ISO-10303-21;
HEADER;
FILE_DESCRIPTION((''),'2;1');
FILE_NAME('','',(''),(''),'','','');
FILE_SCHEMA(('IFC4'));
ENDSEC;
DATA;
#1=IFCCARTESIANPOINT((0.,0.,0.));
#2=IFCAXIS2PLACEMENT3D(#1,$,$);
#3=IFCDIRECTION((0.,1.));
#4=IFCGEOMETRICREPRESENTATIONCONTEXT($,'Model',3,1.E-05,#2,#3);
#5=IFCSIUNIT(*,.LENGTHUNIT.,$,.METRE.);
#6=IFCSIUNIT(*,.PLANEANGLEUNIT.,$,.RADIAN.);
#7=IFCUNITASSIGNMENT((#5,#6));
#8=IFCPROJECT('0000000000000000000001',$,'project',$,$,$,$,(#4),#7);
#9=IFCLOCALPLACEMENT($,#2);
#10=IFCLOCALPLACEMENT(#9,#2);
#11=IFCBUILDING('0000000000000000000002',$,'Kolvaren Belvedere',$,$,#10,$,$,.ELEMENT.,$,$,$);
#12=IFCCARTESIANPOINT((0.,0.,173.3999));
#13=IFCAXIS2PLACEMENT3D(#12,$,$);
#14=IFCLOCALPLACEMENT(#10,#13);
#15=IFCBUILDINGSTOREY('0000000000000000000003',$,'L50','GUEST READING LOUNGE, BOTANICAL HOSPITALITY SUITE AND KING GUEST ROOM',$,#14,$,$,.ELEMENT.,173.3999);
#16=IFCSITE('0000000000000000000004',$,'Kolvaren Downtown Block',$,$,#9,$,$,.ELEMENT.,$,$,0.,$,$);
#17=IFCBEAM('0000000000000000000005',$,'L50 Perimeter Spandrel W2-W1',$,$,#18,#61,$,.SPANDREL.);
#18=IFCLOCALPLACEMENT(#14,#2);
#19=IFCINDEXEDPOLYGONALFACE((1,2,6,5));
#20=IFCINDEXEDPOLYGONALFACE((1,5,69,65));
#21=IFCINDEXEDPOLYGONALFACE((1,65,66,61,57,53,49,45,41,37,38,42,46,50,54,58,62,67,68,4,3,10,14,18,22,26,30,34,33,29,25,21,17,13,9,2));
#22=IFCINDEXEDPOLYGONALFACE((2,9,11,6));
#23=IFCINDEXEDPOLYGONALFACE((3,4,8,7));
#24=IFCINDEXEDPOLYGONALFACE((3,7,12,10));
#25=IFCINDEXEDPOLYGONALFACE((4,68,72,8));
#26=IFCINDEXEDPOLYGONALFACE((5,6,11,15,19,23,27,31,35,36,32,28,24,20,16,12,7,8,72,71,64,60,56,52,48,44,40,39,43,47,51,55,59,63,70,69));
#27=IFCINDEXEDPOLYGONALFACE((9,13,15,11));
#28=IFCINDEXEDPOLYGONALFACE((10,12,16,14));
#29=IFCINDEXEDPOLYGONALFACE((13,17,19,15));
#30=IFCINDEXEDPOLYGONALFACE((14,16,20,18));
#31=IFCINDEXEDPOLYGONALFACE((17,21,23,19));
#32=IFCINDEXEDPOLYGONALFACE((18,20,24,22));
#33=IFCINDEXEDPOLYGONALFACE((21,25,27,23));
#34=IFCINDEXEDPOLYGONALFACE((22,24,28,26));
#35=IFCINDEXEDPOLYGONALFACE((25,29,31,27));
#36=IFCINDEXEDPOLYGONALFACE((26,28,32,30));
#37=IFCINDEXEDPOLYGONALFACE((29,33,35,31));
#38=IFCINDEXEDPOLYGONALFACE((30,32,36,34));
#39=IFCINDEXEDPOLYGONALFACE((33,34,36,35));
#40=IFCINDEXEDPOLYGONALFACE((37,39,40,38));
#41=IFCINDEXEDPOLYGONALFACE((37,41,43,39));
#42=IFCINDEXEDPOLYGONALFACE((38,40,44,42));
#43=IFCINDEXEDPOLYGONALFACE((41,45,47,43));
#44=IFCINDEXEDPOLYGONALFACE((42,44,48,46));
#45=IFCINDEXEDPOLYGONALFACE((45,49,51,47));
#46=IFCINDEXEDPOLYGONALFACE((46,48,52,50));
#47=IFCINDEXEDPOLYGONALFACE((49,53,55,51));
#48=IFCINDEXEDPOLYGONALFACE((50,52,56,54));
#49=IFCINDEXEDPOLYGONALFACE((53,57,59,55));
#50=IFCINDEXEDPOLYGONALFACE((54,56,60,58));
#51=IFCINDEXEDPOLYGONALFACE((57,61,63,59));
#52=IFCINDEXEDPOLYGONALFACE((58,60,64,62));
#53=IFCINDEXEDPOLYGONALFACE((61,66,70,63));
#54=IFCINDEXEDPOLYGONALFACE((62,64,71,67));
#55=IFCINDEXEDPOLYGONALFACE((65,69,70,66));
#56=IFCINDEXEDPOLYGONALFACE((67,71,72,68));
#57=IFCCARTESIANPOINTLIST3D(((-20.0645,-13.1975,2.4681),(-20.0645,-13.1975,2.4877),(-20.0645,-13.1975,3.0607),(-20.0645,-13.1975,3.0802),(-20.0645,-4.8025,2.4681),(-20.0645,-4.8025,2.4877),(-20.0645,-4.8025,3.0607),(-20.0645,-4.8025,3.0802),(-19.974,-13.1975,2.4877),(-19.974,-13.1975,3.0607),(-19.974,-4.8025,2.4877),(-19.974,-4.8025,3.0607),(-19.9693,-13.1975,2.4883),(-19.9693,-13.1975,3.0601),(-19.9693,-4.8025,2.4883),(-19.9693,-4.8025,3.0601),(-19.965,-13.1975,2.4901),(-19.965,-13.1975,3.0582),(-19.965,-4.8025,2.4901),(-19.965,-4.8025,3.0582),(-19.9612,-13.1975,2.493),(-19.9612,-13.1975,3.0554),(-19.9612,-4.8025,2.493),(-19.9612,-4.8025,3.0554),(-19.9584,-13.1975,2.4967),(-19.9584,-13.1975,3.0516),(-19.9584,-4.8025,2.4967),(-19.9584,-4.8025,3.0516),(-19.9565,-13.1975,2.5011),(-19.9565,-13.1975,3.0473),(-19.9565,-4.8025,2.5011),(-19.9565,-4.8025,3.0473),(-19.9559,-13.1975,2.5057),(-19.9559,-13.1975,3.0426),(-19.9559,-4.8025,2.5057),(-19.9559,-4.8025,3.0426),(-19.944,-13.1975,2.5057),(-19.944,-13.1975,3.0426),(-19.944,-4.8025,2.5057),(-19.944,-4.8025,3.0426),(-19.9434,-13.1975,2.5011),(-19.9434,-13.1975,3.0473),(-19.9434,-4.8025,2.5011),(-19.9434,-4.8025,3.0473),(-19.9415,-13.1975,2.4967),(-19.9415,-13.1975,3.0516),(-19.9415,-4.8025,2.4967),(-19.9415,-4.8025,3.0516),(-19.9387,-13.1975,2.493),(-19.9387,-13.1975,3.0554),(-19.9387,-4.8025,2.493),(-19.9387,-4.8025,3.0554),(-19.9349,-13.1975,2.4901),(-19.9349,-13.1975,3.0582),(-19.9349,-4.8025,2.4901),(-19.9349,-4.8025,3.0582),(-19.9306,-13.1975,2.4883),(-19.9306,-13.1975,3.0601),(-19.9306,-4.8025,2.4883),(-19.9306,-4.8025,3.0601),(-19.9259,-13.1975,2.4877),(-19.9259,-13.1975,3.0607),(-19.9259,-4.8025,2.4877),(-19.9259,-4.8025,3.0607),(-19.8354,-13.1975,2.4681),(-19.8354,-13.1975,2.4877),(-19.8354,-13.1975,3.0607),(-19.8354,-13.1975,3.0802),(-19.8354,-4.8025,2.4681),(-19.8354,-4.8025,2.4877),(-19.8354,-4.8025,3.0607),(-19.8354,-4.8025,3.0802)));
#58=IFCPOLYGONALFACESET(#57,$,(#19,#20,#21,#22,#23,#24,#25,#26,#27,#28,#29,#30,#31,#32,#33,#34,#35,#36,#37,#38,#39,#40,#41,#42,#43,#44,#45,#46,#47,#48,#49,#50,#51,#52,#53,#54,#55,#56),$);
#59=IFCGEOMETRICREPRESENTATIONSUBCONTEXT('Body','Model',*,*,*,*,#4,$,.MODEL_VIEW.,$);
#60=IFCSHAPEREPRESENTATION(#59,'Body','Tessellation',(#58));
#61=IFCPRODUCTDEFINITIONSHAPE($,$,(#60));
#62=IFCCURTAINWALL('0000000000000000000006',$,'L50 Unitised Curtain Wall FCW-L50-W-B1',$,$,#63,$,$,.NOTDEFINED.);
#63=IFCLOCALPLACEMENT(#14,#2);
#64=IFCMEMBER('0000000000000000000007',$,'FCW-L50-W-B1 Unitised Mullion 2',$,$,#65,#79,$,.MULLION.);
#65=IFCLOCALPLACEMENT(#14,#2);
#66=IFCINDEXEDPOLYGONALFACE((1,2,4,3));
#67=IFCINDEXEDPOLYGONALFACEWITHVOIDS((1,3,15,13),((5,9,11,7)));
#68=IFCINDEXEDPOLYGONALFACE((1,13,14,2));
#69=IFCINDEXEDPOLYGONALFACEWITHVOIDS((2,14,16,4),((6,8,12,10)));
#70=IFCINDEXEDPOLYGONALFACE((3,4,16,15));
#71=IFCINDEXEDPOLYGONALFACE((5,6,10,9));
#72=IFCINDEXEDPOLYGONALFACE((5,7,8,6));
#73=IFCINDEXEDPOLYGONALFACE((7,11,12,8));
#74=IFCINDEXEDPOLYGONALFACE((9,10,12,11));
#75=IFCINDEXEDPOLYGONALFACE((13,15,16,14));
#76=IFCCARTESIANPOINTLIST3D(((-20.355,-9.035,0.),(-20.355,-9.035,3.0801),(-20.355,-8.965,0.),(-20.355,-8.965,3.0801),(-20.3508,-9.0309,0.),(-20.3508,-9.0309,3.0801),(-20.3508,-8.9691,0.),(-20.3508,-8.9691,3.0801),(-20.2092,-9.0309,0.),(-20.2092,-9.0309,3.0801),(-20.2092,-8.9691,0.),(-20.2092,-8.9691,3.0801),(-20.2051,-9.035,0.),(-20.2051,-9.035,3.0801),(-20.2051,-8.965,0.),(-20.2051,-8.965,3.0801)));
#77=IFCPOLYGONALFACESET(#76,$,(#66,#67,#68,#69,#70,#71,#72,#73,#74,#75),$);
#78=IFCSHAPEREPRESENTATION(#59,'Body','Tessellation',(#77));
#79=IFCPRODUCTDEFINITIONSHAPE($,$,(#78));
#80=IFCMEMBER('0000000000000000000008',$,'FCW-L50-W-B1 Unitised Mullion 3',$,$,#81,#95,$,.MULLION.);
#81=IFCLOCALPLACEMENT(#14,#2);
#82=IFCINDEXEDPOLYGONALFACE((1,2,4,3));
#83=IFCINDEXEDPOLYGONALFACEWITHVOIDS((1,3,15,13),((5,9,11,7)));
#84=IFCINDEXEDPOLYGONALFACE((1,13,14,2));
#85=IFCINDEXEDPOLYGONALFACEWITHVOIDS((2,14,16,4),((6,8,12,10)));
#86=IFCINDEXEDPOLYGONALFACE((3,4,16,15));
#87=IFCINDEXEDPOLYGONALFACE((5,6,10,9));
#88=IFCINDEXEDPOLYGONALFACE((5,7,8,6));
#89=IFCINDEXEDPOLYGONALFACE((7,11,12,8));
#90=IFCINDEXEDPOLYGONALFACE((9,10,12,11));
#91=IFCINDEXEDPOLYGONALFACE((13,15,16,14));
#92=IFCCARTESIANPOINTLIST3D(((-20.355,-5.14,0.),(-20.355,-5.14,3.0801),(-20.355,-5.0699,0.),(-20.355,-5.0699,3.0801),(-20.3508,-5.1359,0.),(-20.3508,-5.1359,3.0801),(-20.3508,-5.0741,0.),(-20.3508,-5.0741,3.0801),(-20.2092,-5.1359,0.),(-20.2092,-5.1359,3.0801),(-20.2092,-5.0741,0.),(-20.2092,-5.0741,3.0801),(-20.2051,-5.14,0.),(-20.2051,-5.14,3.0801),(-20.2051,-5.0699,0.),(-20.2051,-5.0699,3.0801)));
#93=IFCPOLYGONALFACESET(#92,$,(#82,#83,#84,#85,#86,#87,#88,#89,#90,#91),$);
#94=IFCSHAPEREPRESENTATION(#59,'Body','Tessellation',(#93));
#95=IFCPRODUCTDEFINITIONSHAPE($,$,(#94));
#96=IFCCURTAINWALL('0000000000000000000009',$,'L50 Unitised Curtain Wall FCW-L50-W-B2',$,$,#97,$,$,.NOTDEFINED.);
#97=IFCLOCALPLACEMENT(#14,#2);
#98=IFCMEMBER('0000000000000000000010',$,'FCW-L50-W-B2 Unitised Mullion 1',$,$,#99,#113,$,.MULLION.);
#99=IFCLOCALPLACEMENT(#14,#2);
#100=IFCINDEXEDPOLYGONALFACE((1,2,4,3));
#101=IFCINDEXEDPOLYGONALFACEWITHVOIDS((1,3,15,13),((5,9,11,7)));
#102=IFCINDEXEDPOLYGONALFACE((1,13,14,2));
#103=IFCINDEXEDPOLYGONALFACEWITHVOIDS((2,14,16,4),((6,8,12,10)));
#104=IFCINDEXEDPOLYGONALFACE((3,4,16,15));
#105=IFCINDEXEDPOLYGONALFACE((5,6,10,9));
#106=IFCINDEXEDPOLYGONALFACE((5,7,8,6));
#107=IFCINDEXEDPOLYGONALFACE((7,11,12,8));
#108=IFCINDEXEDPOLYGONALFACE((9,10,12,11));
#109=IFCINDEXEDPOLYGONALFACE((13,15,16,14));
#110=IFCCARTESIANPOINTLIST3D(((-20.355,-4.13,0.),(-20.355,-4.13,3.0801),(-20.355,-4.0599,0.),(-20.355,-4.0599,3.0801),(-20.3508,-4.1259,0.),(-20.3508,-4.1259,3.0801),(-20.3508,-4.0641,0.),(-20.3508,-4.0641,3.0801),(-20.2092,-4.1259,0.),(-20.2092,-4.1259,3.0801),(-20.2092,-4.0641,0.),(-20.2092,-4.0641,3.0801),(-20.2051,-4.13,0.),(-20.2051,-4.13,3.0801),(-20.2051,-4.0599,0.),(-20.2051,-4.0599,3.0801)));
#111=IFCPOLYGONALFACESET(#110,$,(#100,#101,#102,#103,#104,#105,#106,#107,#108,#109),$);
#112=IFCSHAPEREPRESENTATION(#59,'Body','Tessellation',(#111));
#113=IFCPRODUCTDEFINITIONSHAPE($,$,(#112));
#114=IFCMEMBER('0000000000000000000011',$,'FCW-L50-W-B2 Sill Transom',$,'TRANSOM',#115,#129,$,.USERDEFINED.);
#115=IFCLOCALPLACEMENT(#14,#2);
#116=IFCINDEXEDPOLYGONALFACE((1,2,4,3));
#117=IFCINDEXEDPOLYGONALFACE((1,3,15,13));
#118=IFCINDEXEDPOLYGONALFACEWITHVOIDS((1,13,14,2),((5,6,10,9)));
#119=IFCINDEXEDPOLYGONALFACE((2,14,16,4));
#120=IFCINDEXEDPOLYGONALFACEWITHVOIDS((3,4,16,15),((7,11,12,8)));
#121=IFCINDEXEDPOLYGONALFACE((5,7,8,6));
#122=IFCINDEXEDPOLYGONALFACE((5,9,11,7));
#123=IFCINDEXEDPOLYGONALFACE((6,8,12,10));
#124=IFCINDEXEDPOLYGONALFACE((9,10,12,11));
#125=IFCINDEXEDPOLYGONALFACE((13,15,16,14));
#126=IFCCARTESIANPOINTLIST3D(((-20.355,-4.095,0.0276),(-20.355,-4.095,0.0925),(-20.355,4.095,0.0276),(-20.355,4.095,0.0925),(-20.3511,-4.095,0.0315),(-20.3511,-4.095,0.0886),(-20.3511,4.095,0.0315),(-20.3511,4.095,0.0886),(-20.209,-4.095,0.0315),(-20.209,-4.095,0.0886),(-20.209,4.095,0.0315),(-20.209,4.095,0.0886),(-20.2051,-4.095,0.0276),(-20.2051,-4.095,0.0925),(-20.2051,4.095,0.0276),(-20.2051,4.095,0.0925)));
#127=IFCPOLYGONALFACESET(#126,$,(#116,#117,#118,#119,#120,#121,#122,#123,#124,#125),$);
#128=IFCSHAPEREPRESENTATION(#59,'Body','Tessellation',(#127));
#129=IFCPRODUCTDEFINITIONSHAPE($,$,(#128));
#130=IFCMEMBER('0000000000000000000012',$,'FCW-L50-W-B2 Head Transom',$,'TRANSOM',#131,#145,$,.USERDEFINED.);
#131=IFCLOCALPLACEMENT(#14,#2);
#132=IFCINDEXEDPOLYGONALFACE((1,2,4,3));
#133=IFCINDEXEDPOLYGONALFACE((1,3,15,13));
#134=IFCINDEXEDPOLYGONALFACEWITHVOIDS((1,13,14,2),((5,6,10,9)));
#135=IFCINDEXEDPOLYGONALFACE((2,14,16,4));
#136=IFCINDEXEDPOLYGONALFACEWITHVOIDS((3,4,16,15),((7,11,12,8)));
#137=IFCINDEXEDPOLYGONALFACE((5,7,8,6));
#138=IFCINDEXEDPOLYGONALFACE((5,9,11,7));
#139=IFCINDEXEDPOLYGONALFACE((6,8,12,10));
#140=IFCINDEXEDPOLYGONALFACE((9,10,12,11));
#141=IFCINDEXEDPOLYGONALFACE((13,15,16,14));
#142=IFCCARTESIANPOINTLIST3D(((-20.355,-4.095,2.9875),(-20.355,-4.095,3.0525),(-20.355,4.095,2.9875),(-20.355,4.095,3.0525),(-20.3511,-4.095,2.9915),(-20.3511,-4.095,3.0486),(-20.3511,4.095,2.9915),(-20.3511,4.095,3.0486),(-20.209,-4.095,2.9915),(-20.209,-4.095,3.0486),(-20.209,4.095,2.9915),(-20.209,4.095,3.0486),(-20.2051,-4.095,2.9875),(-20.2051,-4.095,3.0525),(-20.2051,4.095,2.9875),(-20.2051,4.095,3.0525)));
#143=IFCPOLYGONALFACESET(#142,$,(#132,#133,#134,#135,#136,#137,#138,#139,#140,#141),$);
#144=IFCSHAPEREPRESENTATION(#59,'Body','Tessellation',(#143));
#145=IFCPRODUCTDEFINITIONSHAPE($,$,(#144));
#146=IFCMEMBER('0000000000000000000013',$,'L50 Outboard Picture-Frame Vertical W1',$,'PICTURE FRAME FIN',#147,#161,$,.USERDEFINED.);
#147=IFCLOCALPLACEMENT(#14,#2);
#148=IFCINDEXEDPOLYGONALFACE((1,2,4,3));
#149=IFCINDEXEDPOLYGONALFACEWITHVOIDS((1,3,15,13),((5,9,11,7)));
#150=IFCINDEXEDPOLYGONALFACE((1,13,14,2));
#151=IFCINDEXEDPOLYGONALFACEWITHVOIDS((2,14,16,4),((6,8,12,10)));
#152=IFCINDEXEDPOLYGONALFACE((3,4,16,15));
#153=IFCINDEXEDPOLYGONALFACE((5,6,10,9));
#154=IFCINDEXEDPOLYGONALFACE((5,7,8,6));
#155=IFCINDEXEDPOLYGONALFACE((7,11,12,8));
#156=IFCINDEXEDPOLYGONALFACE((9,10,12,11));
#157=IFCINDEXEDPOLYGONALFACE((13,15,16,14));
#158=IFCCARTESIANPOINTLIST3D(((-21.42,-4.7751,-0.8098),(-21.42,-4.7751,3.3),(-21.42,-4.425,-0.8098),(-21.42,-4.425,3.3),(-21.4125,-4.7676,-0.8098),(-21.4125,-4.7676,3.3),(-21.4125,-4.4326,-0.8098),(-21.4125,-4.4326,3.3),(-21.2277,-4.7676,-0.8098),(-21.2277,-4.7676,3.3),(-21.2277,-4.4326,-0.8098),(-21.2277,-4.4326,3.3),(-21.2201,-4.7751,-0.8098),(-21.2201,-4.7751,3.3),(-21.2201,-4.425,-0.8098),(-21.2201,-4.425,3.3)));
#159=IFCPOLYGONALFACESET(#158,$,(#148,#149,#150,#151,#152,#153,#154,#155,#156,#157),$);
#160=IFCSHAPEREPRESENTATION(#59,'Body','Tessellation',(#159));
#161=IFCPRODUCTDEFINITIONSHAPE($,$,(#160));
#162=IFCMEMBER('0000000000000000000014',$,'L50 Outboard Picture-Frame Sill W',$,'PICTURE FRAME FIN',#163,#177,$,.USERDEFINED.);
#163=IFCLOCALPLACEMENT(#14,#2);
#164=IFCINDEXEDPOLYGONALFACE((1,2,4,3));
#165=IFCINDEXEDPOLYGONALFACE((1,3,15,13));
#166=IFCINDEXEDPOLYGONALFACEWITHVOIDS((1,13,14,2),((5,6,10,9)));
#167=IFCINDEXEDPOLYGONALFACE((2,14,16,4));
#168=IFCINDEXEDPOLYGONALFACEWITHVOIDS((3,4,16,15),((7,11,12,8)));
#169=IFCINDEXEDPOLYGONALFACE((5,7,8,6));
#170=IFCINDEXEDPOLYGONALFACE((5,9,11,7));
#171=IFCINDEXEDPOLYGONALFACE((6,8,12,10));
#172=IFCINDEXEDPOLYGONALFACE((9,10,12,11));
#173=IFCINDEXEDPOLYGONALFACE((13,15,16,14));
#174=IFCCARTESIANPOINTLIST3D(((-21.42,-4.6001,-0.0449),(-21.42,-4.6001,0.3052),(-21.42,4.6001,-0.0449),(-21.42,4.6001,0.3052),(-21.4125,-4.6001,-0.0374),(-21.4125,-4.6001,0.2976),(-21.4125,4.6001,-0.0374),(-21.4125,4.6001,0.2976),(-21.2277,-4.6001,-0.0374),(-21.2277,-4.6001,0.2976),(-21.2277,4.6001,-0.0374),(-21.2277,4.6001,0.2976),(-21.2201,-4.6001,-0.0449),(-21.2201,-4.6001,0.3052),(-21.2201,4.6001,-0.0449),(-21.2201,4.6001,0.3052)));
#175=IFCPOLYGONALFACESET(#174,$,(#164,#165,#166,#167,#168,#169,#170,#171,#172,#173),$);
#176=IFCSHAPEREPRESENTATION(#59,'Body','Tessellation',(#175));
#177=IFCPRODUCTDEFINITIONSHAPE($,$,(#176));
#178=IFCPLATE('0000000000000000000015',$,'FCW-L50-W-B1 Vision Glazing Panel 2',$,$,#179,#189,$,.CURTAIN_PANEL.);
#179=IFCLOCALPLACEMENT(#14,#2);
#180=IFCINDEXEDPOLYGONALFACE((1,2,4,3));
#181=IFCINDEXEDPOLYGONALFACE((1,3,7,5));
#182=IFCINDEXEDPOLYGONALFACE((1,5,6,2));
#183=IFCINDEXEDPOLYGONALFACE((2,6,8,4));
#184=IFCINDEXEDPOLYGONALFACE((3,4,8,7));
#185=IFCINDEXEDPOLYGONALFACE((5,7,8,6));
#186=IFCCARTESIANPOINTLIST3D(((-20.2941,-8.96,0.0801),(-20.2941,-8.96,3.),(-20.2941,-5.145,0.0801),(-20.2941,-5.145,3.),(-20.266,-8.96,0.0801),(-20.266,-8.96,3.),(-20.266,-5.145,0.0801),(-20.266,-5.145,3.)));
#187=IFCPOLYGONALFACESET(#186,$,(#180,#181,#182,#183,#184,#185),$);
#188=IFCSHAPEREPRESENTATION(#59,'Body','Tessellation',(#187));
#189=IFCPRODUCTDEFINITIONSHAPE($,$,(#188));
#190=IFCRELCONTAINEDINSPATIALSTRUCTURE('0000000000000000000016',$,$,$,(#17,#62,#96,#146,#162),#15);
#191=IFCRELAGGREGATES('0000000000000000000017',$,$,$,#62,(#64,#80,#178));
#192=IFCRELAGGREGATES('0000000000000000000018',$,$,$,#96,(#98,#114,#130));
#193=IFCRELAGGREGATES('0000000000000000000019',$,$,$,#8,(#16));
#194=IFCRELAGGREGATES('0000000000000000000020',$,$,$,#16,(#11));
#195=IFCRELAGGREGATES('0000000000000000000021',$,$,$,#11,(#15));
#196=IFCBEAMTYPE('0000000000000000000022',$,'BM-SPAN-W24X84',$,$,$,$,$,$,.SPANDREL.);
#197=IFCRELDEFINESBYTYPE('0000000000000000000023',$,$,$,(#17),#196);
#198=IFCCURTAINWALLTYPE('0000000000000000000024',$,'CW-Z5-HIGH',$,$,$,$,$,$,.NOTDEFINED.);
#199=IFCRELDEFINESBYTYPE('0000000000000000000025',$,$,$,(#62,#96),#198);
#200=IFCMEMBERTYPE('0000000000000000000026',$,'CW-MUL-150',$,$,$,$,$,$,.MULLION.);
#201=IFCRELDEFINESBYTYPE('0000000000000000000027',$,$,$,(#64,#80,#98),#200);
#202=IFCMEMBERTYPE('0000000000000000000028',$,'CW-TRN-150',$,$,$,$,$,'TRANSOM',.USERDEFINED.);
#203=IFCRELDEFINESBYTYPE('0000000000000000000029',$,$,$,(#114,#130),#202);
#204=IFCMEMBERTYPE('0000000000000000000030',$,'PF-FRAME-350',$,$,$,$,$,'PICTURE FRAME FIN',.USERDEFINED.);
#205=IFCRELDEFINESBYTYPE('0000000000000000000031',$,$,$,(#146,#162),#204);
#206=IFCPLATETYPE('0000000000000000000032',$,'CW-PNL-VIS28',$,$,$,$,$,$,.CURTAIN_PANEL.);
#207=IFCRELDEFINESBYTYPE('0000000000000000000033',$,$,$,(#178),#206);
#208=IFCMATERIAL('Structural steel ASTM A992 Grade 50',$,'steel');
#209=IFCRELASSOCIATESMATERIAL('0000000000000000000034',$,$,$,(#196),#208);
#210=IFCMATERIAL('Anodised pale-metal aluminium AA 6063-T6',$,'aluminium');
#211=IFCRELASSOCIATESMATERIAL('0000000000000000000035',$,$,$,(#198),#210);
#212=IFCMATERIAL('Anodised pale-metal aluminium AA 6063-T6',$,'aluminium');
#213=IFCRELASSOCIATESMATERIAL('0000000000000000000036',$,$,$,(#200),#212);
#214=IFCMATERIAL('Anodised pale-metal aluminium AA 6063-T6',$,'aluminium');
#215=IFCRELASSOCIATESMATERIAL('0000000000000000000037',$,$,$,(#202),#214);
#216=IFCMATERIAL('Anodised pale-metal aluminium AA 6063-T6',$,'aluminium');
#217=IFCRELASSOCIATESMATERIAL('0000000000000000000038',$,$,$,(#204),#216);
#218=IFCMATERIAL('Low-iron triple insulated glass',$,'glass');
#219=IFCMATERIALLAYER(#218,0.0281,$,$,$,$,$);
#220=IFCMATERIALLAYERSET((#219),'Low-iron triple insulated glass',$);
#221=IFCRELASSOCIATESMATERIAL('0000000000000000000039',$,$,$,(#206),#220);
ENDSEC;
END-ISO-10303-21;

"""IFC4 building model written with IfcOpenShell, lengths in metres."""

from ifc_helpers import new_model, si_unit, direction, frame, origin, origin_2d, place, context, subcontext, project, spatial, rectangle, hollow_rectangle, i_section, extrude, material, layer, layer_set, material_profile, profile_set, type_object, element, aggregate, save


model = new_model("IFC4")

# Units and contexts
model_context = context("Model", 3, precision=1e-05, world=origin(), true_north=direction((0.0, 1.0)))
body_context = subcontext(model_context, "Body", "Model", "MODEL_VIEW")
ifc_project = project(units=[si_unit("LENGTHUNIT", "METRE"), si_unit("PLANEANGLEUNIT", "RADIAN")], contexts=[model_context])

# Site, building, storey
site_placement = place(None, origin())
site = spatial("IfcSite", under=ifc_project, at=site_placement, Name="Kolvaren Downtown Block", CompositionType="ELEMENT", RefElevation=0.0)
building_placement = place(site_placement, origin())
building = spatial("IfcBuilding", under=site, at=building_placement, Name="Kolvaren Belvedere", CompositionType="ELEMENT")
storey_placement = place(building_placement, frame((0.0, 0.0, 173.3999)))
storey = spatial("IfcBuildingStorey", under=building, at=storey_placement, Name="L50", Description="GUEST READING LOUNGE, BOTANICAL HOSPITALITY SUITE AND KING GUEST ROOM", CompositionType="ELEMENT", Elevation=173.3999)

# Beam
ifc_material_1 = material(Name="Structural steel ASTM A992 Grade 50", Category="steel")
ifc_material_profile_1 = material_profile(ifc_material_1, i_section(OverallWidth=0.229, OverallDepth=0.6121, WebThickness=0.012, FlangeThickness=0.0195, FilletRadius=0.0181, at=origin_2d()), Name="W24X84")
ifc_profile_set_1 = profile_set([ifc_material_profile_1], Name="Structural steel ASTM A992 Grade 50")
beam_type_1 = type_object("IfcBeamType", Name="BM-SPAN-W24X84", PredefinedType="SPANDREL", material=ifc_profile_set_1)
beam_1_placement = place(storey_placement, frame((-19.95, -4.8025, 2.7742), z_axis=(0.0, -1.0, 0.0), x_axis=(1.0, 0.0, 0.0)))
element("IfcBeam", 1, at=beam_1_placement, inside=storey, type_object=beam_type_1, Name="L50 Perimeter Spandrel W2-W1", PredefinedType="SPANDREL", context=body_context, shape_type="SweptSolid", body=[
    extrude(i_section(OverallWidth=0.229, OverallDepth=0.6121, WebThickness=0.012, FlangeThickness=0.0195, FilletRadius=0.0181, at=origin_2d()), origin(), (0.0, 0.0, 1.0), 8.395),
])

# Curtain walls, members
ifc_material_2 = material(Name="Anodised pale-metal aluminium AA 6063-T6", Category="aluminium")
curtain_wall_type = type_object("IfcCurtainWallType", Name="CW-Z5-HIGH", PredefinedType="NOTDEFINED", material=ifc_material_2)
curtain_wall_1_placement = place(storey_placement, origin())
curtain_wall_1 = element("IfcCurtainWall", 2, at=curtain_wall_1_placement, inside=storey, type_object=curtain_wall_type, Name="L50 Unitised Curtain Wall FCW-L50-W-B1", PredefinedType="NOTDEFINED")
ifc_material_3 = material(Name="Anodised pale-metal aluminium AA 6063-T6", Category="aluminium")
ifc_material_profile_2 = material_profile(ifc_material_3, hollow_rectangle(XDim=0.0701, YDim=0.1499, WallThickness=0.0042, at=origin_2d()), Name="ALU-MUL-150X70")
ifc_profile_set_2 = profile_set([ifc_material_profile_2], Name="Anodised pale-metal aluminium AA 6063-T6")
member_type_1 = type_object("IfcMemberType", Name="CW-MUL-150", PredefinedType="MULLION", material=ifc_profile_set_2)
member_1_placement = place(storey_placement, frame((-20.28, -9.0, 0.0), z_axis=(0.0, 0.0, 1.0), x_axis=(0.0, 1.0, 0.0)))
member_1 = element("IfcMember", 3, at=member_1_placement, type_object=member_type_1, Name="FCW-L50-W-B1 Unitised Mullion 2", PredefinedType="MULLION", context=body_context, shape_type="SweptSolid", body=[
    extrude(hollow_rectangle(XDim=0.0701, YDim=0.1499, WallThickness=0.0042, at=origin_2d()), origin(), (0.0, 0.0, 1.0), 3.0801),
])
member_2_placement = place(storey_placement, frame((-20.28, -5.105, 0.0), z_axis=(0.0, 0.0, 1.0), x_axis=(0.0, 1.0, 0.0)))
member_2 = element("IfcMember", 4, at=member_2_placement, type_object=member_type_1, Name="FCW-L50-W-B1 Unitised Mullion 3", PredefinedType="MULLION", context=body_context, shape_type="SweptSolid", body=[
    extrude(hollow_rectangle(XDim=0.0701, YDim=0.1499, WallThickness=0.0042, at=origin_2d()), origin(), (0.0, 0.0, 1.0), 3.0801),
])
curtain_wall_2_placement = place(storey_placement, origin())
curtain_wall_2 = element("IfcCurtainWall", 5, at=curtain_wall_2_placement, inside=storey, type_object=curtain_wall_type, Name="L50 Unitised Curtain Wall FCW-L50-W-B2", PredefinedType="NOTDEFINED")
member_3_placement = place(storey_placement, frame((-20.28, -4.095, 0.0), z_axis=(0.0, 0.0, 1.0), x_axis=(0.0, 1.0, 0.0)))
member_3 = element("IfcMember", 6, at=member_3_placement, type_object=member_type_1, Name="FCW-L50-W-B2 Unitised Mullion 1", PredefinedType="MULLION", context=body_context, shape_type="SweptSolid", body=[
    extrude(hollow_rectangle(XDim=0.0701, YDim=0.1499, WallThickness=0.0042, at=origin_2d()), origin(), (0.0, 0.0, 1.0), 3.0801),
])
ifc_material_4 = material(Name="Anodised pale-metal aluminium AA 6063-T6", Category="aluminium")
ifc_material_profile_3 = material_profile(ifc_material_4, hollow_rectangle(XDim=0.0649, YDim=0.1499, WallThickness=0.0039, at=origin_2d()), Name="ALU-TRN-150X65")
ifc_profile_set_3 = profile_set([ifc_material_profile_3], Name="Anodised pale-metal aluminium AA 6063-T6")
member_type_2 = type_object("IfcMemberType", Name="CW-TRN-150", ElementType="TRANSOM", PredefinedType="USERDEFINED", material=ifc_profile_set_3)
member_4_placement = place(storey_placement, frame((-20.28, -4.095, 0.0601), z_axis=(0.0, 1.0, 0.0), x_axis=(0.0, 0.0, 1.0)))
member_4 = element("IfcMember", 7, at=member_4_placement, type_object=member_type_2, Name="FCW-L50-W-B2 Sill Transom", ObjectType="TRANSOM", PredefinedType="USERDEFINED", context=body_context, shape_type="SweptSolid", body=[
    extrude(hollow_rectangle(XDim=0.0649, YDim=0.1499, WallThickness=0.0039, at=origin_2d()), origin(), (0.0, 0.0, 1.0), 8.1899),
])
member_5_placement = place(storey_placement, frame((-20.28, -4.095, 3.02), z_axis=(0.0, 1.0, 0.0), x_axis=(0.0, 0.0, 1.0)))
member_5 = element("IfcMember", 8, at=member_5_placement, type_object=member_type_2, Name="FCW-L50-W-B2 Head Transom", ObjectType="TRANSOM", PredefinedType="USERDEFINED", context=body_context, shape_type="SweptSolid", body=[
    extrude(hollow_rectangle(XDim=0.0649, YDim=0.1499, WallThickness=0.0039, at=origin_2d()), origin(), (0.0, 0.0, 1.0), 8.1899),
])

# Members
ifc_material_5 = material(Name="Anodised pale-metal aluminium AA 6063-T6", Category="aluminium")
ifc_material_profile_4 = material_profile(ifc_material_5, hollow_rectangle(XDim=0.2, YDim=0.3501, WallThickness=0.0076, at=origin_2d()), Name="ALU-PF-350X200")
ifc_profile_set_4 = profile_set([ifc_material_profile_4], Name="Anodised pale-metal aluminium AA 6063-T6")
member_type_3 = type_object("IfcMemberType", Name="PF-FRAME-350", ElementType="PICTURE FRAME FIN", PredefinedType="USERDEFINED", material=ifc_profile_set_4)
member_6_placement = place(storey_placement, frame((-21.3201, -4.6001, -0.8098), z_axis=(0.0, 0.0, 1.0), x_axis=(1.0, 0.0, 0.0)))
element("IfcMember", 9, at=member_6_placement, inside=storey, type_object=member_type_3, Name="L50 Outboard Picture-Frame Vertical W1", ObjectType="PICTURE FRAME FIN", PredefinedType="USERDEFINED", context=body_context, shape_type="SweptSolid", body=[
    extrude(hollow_rectangle(XDim=0.2, YDim=0.3501, WallThickness=0.0076, at=origin_2d()), origin(), (0.0, 0.0, 1.0), 4.1099),
])
member_7_placement = place(storey_placement, frame((-21.3201, -4.6001, 0.1301), z_axis=(0.0, 1.0, 0.0), x_axis=(-1.0, 0.0, 0.0)))
element("IfcMember", 10, at=member_7_placement, inside=storey, type_object=member_type_3, Name="L50 Outboard Picture-Frame Sill W", ObjectType="PICTURE FRAME FIN", PredefinedType="USERDEFINED", context=body_context, shape_type="SweptSolid", body=[
    extrude(hollow_rectangle(XDim=0.2, YDim=0.3501, WallThickness=0.0076, at=origin_2d()), origin(), (0.0, 0.0, 1.0), 9.2002),
])

# Plate
ifc_material_6 = material(Name="Low-iron triple insulated glass", Category="glass")
ifc_layer_1 = layer(ifc_material_6, 0.0281)
ifc_layer_set_1 = layer_set([ifc_layer_1], Name="Low-iron triple insulated glass")
plate_type_1 = type_object("IfcPlateType", Name="CW-PNL-VIS28", PredefinedType="CURTAIN_PANEL", material=ifc_layer_set_1)
plate_1_placement = place(storey_placement, frame((-20.28, -7.0525, 0.0801), z_axis=(0.0, 0.0, 1.0), x_axis=(0.0, 1.0, 0.0)))
plate_1 = element("IfcPlate", 11, at=plate_1_placement, type_object=plate_type_1, Name="FCW-L50-W-B1 Vision Glazing Panel 2", PredefinedType="CURTAIN_PANEL", context=body_context, shape_type="SweptSolid", body=[
    extrude(rectangle(XDim=3.8149, YDim=0.0281, at=origin_2d()), origin(), (0.0, 0.0, 1.0), 2.9199),
])
aggregate(curtain_wall_1, [member_1, member_2, plate_1])
aggregate(curtain_wall_2, [member_3, member_4, member_5])

save(model, "model.ifc")
